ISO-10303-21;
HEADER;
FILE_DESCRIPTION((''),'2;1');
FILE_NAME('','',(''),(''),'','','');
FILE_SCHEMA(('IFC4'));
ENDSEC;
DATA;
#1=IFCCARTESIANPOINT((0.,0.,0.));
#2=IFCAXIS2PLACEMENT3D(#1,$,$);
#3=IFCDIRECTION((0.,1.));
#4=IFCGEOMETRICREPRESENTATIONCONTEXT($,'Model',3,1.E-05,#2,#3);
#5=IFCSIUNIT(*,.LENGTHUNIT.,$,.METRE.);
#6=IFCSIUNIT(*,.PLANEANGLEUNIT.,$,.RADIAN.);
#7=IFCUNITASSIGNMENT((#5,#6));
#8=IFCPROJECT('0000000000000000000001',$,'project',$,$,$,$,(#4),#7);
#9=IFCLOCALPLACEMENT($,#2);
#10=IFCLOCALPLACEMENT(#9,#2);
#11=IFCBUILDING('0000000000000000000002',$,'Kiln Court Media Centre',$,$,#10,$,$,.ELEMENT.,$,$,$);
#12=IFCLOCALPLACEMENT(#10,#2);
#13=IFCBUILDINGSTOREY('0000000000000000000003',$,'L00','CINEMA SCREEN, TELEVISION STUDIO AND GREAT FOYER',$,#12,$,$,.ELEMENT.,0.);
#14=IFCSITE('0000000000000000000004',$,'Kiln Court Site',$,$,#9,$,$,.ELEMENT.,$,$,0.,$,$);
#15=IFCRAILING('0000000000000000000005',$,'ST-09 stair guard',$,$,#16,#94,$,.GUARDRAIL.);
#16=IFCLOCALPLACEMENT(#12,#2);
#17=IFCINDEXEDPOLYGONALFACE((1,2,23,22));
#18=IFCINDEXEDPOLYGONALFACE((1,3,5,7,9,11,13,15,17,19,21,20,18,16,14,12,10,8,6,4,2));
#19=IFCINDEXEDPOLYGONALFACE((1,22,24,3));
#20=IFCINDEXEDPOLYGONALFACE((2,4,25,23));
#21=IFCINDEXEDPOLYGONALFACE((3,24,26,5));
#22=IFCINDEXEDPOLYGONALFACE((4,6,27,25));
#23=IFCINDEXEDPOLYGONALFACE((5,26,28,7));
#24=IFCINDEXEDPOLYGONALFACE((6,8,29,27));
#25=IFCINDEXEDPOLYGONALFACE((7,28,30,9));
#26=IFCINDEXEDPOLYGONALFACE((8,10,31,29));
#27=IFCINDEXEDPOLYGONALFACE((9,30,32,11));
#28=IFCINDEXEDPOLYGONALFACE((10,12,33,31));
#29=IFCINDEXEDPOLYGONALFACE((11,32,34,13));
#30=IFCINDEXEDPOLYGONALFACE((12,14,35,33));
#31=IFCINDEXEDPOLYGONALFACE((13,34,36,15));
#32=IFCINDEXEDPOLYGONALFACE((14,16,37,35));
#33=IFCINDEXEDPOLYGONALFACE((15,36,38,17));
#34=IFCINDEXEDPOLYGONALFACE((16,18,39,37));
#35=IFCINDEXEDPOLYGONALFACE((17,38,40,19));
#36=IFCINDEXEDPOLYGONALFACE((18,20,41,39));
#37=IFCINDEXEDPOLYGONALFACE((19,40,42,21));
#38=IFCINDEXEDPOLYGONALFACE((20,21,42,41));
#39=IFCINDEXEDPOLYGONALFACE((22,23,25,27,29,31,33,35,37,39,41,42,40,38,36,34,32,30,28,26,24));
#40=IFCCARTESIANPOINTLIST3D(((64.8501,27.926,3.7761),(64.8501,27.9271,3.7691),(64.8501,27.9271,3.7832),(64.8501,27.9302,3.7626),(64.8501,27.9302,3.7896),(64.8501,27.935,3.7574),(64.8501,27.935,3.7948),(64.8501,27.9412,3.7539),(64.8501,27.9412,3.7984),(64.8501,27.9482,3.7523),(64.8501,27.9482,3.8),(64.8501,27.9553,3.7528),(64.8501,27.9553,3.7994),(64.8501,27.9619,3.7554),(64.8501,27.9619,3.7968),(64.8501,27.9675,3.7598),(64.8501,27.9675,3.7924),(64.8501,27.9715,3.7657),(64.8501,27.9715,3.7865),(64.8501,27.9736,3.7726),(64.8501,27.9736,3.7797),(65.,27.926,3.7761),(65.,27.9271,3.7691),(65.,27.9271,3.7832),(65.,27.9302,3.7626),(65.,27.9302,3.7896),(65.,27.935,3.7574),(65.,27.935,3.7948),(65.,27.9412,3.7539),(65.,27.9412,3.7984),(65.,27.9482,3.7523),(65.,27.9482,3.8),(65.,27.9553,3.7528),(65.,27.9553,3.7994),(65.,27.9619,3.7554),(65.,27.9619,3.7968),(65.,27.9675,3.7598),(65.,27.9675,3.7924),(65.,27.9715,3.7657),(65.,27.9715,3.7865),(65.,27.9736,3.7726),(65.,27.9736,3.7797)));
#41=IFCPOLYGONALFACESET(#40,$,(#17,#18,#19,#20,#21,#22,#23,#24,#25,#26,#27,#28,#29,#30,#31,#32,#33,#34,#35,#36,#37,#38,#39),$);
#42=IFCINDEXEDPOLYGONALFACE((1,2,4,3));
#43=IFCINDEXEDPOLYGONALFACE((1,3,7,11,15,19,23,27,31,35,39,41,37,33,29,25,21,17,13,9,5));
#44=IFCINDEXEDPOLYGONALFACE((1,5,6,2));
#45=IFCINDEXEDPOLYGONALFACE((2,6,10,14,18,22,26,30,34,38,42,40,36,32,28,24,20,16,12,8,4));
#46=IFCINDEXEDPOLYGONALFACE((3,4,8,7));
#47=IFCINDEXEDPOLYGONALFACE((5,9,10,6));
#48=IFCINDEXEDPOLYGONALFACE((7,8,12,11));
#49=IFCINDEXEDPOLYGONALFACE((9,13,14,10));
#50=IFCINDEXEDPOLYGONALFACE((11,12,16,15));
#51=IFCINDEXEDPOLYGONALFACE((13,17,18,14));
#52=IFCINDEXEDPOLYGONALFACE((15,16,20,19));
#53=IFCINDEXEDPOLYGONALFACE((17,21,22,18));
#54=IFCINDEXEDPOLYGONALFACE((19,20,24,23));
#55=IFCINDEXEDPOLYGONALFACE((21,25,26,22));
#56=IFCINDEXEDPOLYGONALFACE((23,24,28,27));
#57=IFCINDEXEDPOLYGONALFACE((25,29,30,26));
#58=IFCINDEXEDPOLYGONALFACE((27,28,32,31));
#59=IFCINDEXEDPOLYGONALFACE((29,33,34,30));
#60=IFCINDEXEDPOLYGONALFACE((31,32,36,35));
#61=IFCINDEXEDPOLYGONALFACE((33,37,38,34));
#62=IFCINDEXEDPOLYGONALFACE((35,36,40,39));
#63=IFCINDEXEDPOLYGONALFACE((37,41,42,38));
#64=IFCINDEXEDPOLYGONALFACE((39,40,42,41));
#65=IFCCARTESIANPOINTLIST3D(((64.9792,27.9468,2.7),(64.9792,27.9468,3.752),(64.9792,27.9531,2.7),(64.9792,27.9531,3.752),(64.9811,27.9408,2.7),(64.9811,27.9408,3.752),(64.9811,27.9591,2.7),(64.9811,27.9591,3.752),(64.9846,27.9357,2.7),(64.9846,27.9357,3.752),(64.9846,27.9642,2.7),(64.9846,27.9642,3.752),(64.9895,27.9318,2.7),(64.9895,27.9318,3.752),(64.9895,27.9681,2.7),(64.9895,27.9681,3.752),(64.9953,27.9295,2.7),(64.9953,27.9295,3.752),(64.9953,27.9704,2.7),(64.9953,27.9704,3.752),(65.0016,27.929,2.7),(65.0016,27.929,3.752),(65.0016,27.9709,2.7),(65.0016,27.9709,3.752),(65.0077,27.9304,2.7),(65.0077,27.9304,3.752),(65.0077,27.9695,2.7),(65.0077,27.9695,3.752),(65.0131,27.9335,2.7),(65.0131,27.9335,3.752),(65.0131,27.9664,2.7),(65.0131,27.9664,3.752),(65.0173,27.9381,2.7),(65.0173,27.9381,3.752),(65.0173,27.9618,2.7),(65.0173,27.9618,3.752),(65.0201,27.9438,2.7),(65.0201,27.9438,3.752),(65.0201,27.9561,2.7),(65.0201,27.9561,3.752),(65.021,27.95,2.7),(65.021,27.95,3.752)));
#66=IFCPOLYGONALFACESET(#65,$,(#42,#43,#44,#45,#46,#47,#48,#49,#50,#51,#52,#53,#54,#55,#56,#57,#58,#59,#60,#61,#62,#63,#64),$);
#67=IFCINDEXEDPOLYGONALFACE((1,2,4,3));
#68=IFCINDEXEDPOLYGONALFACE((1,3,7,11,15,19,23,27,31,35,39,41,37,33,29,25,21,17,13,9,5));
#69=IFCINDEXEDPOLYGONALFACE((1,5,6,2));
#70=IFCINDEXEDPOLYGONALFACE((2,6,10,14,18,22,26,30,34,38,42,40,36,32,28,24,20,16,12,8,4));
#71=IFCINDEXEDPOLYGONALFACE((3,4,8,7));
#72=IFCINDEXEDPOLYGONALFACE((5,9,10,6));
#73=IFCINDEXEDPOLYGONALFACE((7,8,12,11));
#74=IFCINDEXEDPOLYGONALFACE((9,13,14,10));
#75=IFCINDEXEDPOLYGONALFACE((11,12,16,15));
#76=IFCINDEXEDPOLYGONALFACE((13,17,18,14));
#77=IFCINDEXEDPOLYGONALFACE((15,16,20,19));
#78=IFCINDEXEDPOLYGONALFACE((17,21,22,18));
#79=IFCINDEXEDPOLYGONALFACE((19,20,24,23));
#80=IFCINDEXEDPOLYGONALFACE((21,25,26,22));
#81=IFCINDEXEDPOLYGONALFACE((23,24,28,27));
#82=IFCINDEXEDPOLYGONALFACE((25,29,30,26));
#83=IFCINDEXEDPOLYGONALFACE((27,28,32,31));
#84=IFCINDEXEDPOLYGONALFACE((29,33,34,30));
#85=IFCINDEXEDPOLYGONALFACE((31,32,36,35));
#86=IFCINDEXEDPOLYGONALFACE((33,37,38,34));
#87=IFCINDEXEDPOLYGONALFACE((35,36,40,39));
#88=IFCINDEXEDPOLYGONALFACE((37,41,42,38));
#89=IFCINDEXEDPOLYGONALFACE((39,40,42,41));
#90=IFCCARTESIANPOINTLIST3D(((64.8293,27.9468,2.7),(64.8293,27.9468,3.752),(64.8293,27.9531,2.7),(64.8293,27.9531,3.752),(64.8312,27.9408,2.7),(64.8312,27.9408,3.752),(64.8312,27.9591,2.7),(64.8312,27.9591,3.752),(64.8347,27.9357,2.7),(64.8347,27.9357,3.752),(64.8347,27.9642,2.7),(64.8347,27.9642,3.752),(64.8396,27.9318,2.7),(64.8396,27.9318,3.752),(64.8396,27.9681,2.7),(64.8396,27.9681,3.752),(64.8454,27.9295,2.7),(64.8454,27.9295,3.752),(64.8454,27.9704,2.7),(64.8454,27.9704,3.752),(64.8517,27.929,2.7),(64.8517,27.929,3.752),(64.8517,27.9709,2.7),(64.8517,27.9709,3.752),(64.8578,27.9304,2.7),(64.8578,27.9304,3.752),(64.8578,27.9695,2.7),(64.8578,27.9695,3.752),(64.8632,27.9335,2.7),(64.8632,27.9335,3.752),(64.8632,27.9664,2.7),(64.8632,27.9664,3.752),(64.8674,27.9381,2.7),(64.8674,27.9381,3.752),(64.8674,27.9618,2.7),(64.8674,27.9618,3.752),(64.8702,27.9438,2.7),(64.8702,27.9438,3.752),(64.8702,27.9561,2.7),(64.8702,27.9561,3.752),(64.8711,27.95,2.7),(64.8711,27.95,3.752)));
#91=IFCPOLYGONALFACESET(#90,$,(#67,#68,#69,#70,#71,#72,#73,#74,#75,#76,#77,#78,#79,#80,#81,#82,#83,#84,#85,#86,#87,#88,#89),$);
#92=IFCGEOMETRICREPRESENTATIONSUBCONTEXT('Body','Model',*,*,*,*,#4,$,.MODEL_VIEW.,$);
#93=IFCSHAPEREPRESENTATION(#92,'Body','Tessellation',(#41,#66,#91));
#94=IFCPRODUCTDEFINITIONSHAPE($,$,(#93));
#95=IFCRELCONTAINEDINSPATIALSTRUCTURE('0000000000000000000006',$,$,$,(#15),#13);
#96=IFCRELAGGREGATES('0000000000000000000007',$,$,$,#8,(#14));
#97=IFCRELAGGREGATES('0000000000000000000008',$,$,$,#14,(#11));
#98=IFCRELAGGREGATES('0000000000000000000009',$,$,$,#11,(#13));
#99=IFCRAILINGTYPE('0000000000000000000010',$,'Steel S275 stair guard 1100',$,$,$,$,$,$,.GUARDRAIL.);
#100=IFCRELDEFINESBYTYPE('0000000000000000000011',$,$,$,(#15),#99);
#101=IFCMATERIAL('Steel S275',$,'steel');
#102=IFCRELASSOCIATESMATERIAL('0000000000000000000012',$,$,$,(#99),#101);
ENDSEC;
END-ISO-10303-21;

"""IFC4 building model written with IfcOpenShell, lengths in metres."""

from ifc_helpers import new_model, si_unit, direction, frame, origin, origin_2d, place, context, subcontext, project, spatial, circle, extrude, material, type_object, element, save


model = new_model("IFC4")

# Units and contexts
model_context = context("Model", 3, precision=1e-05, world=origin(), true_north=direction((0.0, 1.0)))
body_context = subcontext(model_context, "Body", "Model", "MODEL_VIEW")
ifc_project = project(units=[si_unit("LENGTHUNIT", "METRE"), si_unit("PLANEANGLEUNIT", "RADIAN")], contexts=[model_context])

# Site, building, storey
site_placement = place(None, origin())
site = spatial("IfcSite", under=ifc_project, at=site_placement, Name="Kiln Court Site", CompositionType="ELEMENT", RefElevation=0.0)
building_placement = place(site_placement, origin())
building = spatial("IfcBuilding", under=site, at=building_placement, Name="Kiln Court Media Centre", CompositionType="ELEMENT")
storey_placement = place(building_placement, origin())
storey = spatial("IfcBuildingStorey", under=building, at=storey_placement, Name="L00", Description="CINEMA SCREEN, TELEVISION STUDIO AND GREAT FOYER", CompositionType="ELEMENT", Elevation=0.0)

# Railing
ifc_material_1 = material(Name="Steel S275", Category="steel")
railing_type_1 = type_object("IfcRailingType", Name="Steel S275 stair guard 1100", PredefinedType="GUARDRAIL", material=ifc_material_1)
railing_1_placement = place(storey_placement, frame((65.0, 27.95, 2.7)))
element("IfcRailing", 1, at=railing_1_placement, inside=storey, type_object=railing_type_1, Name="ST-09 stair guard", PredefinedType="GUARDRAIL", context=body_context, shape_type="SweptSolid", body=[
    extrude(circle(Radius=0.0239, at=origin_2d()), frame((0.0, 0.0, 1.0762), z_axis=(-1.0, 0.0, 0.0), x_axis=(0.0, -1.0, 0.0)), (0.0, 0.0, 1.0), 0.1499),
    extrude(circle(Radius=0.021, at=origin_2d()), origin(), (0.0, 0.0, 1.0), 1.052),
    extrude(circle(Radius=0.021, at=origin_2d()), frame((-0.1499, 0.0, 0.0)), (0.0, 0.0, 1.0), 1.052),
])

save(model, "model.ifc")
